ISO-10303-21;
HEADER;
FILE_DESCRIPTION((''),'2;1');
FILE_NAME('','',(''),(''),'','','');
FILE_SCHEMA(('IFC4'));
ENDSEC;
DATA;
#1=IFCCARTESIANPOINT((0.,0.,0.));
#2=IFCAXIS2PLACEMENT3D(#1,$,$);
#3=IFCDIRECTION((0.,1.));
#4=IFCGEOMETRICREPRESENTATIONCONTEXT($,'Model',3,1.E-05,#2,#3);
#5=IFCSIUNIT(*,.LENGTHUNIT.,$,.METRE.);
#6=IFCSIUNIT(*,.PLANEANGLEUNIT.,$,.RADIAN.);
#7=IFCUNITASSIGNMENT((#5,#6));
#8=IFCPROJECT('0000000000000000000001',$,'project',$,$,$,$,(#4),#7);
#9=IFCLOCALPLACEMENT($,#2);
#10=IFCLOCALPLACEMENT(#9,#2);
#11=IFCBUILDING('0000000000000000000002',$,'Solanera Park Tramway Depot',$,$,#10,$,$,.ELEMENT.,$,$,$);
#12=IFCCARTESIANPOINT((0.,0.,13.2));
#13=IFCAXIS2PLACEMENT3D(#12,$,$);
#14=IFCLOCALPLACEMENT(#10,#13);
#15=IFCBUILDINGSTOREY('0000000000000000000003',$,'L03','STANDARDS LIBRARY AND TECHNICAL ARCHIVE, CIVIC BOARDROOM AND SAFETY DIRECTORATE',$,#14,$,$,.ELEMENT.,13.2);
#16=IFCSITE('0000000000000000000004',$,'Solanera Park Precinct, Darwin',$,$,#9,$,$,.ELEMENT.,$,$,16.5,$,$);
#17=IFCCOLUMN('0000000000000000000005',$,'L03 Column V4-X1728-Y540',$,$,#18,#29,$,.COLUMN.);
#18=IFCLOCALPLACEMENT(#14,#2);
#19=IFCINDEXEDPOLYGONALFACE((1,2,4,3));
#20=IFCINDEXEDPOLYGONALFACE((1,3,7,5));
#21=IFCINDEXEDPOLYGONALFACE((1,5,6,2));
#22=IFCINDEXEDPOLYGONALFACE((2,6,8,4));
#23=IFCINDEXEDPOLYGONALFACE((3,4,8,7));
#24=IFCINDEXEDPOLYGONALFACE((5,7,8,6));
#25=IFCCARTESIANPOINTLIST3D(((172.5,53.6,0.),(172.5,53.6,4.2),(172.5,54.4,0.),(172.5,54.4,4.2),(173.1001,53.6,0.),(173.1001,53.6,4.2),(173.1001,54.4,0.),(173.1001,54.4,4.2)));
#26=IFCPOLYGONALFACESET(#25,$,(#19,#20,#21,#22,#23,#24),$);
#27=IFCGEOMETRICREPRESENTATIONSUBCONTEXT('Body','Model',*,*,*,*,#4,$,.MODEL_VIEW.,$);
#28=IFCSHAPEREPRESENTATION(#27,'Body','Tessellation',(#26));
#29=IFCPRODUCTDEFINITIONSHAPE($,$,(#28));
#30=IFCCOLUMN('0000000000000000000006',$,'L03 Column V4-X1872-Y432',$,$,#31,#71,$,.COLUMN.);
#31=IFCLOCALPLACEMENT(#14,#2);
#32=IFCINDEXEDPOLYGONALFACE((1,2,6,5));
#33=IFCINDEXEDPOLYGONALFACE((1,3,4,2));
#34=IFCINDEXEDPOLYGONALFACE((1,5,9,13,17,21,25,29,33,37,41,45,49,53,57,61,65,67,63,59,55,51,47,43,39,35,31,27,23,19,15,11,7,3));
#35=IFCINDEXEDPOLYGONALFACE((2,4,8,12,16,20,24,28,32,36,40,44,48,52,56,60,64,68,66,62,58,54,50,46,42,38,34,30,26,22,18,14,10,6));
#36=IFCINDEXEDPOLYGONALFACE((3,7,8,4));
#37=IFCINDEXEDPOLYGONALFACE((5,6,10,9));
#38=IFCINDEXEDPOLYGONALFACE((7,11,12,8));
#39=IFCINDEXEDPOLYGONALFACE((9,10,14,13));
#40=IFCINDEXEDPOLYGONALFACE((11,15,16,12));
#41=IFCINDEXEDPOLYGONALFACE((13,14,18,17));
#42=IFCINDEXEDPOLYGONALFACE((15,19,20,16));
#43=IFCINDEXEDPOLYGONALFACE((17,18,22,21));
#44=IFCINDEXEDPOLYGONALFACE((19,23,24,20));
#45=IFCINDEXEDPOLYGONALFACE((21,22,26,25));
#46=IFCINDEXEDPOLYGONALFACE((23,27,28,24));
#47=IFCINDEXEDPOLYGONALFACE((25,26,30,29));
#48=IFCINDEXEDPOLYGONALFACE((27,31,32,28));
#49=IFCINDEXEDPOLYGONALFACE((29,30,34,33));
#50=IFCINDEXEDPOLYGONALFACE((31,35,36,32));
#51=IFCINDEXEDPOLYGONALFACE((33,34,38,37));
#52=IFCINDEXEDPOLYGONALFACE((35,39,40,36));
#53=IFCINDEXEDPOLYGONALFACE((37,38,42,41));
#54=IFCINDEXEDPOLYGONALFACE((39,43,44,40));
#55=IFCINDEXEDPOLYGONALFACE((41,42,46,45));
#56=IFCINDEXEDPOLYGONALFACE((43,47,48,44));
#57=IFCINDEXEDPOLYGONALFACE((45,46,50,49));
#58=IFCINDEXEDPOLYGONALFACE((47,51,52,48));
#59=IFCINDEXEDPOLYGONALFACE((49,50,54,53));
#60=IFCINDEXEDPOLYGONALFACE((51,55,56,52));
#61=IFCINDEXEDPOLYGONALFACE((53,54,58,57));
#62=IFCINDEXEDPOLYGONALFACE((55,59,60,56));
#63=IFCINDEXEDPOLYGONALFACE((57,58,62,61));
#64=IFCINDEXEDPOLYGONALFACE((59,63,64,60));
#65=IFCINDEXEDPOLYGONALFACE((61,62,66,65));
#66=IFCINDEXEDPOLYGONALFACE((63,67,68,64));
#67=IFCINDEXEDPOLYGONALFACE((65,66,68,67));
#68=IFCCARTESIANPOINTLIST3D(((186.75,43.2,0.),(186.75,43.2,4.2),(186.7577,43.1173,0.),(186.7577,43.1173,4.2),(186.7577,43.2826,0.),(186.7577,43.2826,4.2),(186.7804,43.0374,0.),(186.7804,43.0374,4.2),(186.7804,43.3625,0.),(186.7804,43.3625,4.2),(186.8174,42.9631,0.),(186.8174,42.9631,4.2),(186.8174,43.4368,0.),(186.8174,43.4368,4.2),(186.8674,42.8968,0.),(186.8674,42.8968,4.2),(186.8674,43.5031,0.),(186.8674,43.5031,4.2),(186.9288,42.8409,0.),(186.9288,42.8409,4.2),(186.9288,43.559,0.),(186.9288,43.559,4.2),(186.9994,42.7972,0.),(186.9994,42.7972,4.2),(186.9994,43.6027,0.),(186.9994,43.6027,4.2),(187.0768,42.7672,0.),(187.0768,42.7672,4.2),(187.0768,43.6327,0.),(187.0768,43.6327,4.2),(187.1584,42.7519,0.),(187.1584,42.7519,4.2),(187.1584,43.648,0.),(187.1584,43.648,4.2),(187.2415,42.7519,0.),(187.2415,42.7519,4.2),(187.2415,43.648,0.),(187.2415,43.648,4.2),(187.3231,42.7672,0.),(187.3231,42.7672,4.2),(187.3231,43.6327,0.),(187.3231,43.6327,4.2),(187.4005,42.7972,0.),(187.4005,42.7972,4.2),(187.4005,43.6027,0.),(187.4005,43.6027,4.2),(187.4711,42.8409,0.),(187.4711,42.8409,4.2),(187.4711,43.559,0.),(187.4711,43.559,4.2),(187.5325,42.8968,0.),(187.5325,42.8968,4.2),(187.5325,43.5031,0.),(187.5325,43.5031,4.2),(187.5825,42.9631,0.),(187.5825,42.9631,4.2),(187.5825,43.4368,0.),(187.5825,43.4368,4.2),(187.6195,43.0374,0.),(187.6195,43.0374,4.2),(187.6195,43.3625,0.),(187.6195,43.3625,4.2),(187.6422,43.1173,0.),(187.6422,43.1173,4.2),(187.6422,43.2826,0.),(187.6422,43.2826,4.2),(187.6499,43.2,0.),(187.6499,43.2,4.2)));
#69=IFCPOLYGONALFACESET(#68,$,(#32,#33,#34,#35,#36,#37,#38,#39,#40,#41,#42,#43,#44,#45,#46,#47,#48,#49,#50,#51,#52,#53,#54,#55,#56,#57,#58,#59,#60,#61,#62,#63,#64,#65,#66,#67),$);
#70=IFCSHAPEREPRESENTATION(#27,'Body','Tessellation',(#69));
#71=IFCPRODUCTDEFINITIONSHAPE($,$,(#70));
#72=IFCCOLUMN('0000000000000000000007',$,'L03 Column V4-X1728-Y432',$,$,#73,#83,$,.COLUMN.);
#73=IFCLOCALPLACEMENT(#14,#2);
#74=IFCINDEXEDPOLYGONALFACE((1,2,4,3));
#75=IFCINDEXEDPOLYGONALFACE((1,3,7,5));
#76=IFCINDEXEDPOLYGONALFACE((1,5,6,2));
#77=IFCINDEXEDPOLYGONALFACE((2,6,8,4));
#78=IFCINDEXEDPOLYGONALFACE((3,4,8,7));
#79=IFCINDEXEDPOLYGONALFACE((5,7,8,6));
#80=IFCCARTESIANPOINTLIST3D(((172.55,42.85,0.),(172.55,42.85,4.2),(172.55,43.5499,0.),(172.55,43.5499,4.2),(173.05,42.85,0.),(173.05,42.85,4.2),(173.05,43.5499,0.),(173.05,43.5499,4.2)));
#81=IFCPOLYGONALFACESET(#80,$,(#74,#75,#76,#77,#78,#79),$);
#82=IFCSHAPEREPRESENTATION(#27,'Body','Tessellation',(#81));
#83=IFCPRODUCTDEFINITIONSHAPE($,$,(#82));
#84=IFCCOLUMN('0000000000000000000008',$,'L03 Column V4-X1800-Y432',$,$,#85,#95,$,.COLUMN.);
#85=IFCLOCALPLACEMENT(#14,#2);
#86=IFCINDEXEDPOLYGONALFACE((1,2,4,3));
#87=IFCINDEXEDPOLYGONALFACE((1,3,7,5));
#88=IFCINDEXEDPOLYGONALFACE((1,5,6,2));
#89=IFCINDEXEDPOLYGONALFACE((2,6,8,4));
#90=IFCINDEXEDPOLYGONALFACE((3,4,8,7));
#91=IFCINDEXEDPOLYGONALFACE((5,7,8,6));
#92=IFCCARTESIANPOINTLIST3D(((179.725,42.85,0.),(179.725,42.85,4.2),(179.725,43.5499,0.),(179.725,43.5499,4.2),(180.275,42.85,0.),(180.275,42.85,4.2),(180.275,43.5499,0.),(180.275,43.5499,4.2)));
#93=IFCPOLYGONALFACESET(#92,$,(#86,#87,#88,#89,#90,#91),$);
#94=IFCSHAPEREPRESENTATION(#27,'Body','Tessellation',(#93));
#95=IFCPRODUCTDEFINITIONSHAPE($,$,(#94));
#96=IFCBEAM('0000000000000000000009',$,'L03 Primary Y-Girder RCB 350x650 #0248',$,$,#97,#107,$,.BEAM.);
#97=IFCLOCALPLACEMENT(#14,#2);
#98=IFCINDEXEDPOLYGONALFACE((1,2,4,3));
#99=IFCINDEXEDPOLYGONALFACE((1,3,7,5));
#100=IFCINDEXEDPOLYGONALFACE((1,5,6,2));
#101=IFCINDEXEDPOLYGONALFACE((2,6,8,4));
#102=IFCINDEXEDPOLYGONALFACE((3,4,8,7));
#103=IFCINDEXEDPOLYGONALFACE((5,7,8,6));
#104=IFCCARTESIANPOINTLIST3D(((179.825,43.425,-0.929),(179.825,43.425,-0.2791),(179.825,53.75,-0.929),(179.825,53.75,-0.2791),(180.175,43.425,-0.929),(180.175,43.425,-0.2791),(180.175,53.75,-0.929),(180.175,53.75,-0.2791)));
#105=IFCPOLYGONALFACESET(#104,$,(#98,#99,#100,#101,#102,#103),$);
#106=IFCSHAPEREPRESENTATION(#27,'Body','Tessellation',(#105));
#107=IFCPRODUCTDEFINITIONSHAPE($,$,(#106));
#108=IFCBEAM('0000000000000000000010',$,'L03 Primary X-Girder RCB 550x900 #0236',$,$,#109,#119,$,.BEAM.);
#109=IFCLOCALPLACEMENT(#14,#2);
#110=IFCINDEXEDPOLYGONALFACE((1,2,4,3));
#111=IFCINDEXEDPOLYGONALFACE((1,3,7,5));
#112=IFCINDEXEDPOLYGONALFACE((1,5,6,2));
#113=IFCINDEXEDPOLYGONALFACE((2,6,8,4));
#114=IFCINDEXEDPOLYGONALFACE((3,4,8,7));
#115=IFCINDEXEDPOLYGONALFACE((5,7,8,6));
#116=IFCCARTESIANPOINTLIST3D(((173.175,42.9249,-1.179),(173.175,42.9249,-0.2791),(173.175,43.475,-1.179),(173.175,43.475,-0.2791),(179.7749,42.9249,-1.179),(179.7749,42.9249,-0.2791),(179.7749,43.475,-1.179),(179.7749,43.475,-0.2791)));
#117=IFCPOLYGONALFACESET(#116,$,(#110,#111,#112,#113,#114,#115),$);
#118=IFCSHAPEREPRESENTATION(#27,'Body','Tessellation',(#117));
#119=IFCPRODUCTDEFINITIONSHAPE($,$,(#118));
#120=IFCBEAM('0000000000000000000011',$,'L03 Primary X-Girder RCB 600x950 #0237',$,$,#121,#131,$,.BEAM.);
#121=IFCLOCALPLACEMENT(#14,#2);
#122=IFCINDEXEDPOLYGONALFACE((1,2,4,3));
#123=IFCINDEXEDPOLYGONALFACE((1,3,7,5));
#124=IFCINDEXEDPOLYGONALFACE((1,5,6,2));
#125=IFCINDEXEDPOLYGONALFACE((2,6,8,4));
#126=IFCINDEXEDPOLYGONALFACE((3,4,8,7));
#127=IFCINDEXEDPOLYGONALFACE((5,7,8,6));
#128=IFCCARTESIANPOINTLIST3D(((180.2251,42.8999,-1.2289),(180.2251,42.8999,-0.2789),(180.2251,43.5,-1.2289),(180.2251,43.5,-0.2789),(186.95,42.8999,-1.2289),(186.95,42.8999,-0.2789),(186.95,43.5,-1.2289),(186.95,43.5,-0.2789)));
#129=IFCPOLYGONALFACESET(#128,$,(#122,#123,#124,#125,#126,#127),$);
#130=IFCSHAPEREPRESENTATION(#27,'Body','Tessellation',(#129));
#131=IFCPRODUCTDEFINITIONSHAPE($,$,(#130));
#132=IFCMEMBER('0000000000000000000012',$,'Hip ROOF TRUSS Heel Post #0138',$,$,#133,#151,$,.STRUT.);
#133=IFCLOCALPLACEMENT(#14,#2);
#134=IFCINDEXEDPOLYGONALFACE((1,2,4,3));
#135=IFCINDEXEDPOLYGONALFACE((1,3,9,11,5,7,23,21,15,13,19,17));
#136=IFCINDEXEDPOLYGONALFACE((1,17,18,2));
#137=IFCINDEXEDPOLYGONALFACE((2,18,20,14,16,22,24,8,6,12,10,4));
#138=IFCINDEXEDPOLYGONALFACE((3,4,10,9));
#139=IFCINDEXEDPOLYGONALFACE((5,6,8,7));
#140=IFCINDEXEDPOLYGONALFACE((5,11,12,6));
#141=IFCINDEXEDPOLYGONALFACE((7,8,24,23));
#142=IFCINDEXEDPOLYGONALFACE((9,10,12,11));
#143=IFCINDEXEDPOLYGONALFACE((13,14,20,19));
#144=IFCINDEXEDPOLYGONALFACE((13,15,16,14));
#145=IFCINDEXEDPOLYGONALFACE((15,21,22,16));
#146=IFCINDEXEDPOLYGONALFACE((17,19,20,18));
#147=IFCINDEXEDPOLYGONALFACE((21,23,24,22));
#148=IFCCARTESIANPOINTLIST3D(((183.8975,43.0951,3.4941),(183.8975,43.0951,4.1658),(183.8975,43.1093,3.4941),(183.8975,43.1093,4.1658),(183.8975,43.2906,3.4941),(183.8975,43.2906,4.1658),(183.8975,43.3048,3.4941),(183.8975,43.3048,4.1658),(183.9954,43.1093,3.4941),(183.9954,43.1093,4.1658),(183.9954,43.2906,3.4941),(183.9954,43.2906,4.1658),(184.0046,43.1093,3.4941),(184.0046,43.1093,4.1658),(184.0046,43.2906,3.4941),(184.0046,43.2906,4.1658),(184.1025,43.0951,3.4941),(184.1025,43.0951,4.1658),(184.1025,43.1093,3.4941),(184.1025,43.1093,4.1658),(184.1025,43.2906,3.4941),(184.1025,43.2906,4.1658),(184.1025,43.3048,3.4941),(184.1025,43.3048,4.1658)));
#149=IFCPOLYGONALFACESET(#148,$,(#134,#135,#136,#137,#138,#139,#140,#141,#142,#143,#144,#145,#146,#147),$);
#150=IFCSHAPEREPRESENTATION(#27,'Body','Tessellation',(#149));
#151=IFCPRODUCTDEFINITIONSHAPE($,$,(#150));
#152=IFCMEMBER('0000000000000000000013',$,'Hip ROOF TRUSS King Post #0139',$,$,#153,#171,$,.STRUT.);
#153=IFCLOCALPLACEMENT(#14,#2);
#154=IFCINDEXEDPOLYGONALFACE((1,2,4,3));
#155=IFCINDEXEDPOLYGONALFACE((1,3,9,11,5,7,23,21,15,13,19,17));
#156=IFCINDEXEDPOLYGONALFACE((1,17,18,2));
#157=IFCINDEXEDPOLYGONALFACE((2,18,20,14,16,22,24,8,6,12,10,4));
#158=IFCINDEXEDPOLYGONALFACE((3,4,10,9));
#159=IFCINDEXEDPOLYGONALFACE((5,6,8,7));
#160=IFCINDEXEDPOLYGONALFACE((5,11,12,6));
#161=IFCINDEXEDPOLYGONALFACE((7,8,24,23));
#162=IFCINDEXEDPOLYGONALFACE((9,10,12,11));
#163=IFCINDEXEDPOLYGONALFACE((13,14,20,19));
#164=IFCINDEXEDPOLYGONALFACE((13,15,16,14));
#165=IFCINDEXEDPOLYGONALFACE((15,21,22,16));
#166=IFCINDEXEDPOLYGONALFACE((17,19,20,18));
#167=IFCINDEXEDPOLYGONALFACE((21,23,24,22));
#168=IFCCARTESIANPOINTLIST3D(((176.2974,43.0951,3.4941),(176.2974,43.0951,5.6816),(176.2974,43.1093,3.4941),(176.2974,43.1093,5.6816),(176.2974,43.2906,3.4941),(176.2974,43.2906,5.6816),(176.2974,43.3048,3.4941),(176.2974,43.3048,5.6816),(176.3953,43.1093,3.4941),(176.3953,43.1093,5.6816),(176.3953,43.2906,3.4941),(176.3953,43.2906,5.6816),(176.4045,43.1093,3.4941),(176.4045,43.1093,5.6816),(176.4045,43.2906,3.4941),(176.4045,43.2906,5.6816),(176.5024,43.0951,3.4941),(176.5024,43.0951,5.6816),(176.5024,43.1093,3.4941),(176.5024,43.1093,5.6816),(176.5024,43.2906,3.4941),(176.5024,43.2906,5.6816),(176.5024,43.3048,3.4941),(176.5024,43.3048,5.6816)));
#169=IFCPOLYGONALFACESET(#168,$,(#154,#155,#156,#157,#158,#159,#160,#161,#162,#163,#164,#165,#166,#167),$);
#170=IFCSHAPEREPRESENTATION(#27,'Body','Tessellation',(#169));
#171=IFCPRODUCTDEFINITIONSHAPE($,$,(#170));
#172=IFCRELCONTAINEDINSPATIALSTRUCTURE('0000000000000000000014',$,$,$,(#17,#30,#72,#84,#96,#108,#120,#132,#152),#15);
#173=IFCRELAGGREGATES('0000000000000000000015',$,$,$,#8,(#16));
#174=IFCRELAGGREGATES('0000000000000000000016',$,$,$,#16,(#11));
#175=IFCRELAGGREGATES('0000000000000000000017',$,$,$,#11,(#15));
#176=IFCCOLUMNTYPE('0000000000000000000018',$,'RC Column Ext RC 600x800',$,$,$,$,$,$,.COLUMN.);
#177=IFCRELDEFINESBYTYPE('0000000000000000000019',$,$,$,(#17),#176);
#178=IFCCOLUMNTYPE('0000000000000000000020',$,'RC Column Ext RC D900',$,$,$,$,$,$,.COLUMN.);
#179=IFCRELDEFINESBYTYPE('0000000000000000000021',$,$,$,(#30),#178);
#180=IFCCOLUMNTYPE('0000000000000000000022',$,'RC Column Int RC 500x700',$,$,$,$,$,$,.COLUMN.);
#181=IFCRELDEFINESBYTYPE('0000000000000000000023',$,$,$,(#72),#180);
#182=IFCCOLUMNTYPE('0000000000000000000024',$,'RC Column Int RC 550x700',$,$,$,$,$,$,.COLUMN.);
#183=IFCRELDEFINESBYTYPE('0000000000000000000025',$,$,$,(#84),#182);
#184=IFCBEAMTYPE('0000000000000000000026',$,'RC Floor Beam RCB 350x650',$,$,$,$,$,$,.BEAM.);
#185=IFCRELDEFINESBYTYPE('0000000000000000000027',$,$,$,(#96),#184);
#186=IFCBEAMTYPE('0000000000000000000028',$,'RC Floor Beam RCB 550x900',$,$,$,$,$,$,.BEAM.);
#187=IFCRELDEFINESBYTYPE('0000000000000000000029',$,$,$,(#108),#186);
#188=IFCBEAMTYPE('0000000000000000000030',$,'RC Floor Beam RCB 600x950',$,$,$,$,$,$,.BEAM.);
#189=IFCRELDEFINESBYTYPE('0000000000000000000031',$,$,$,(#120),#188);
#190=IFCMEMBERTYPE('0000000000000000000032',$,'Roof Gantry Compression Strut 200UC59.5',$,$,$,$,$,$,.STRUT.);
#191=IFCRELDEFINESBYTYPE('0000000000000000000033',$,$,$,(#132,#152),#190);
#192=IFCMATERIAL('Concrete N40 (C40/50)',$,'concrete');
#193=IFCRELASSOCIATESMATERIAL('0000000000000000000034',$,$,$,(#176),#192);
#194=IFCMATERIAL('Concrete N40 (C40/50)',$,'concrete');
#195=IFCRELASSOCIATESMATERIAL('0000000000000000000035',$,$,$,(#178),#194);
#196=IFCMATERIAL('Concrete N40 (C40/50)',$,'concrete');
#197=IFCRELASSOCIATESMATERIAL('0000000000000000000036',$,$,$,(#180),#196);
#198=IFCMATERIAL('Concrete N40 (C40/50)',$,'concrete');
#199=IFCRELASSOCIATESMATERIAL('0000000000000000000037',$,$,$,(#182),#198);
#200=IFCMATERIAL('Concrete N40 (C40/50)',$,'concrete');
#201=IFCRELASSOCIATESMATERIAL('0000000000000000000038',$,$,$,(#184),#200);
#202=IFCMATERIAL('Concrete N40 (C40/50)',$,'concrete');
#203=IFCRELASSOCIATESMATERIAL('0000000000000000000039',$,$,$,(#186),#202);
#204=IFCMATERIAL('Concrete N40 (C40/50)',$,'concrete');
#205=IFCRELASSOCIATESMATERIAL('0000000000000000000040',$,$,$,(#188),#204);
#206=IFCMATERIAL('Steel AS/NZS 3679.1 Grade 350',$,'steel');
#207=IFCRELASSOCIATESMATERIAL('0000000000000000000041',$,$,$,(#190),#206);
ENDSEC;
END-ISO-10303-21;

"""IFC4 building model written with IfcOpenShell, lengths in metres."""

from ifc_helpers import new_model, si_unit, direction, frame, origin, origin_2d, place, context, subcontext, project, spatial, rectangle, circle, i_section, extrude, material, material_profile, profile_set, type_object, element, save


model = new_model("IFC4")

# Units and contexts
model_context = context("Model", 3, precision=1e-05, world=origin(), true_north=direction((0.0, 1.0)))
body_context = subcontext(model_context, "Body", "Model", "MODEL_VIEW")
ifc_project = project(units=[si_unit("LENGTHUNIT", "METRE"), si_unit("PLANEANGLEUNIT", "RADIAN")], contexts=[model_context])

# Site, building, storey
site_placement = place(None, origin())
site = spatial("IfcSite", under=ifc_project, at=site_placement, Name="Solanera Park Precinct, Darwin", CompositionType="ELEMENT", RefElevation=16.5)
building_placement = place(site_placement, origin())
building = spatial("IfcBuilding", under=site, at=building_placement, Name="Solanera Park Tramway Depot", CompositionType="ELEMENT")
storey_placement = place(building_placement, frame((0.0, 0.0, 13.2)))
storey = spatial("IfcBuildingStorey", under=building, at=storey_placement, Name="L03", Description="STANDARDS LIBRARY AND TECHNICAL ARCHIVE, CIVIC BOARDROOM AND SAFETY DIRECTORATE", CompositionType="ELEMENT", Elevation=13.2)

# Columns
ifc_material_1 = material(Name="Concrete N40 (C40/50)", Category="concrete")
ifc_material_profile_1 = material_profile(ifc_material_1, rectangle(XDim=0.6001, YDim=0.8, at=origin_2d()), Name="RC 600x800")
ifc_profile_set_1 = profile_set([ifc_material_profile_1], Name="Concrete N40 (C40/50)")
column_type_1 = type_object("IfcColumnType", Name="RC Column Ext RC 600x800", PredefinedType="COLUMN", material=ifc_profile_set_1)
column_1_placement = place(storey_placement, frame((172.8, 54.0, 0.0), z_axis=(0.0, 0.0, 1.0), x_axis=(1.0, 0.0, 0.0)))
element("IfcColumn", 1, at=column_1_placement, inside=storey, type_object=column_type_1, Name="L03 Column V4-X1728-Y540", PredefinedType="COLUMN", context=body_context, shape_type="SweptSolid", body=[
    extrude(rectangle(XDim=0.6001, YDim=0.8, at=origin_2d()), origin(), (0.0, 0.0, 1.0), 4.2),
])
ifc_material_2 = material(Name="Concrete N40 (C40/50)", Category="concrete")
ifc_material_profile_2 = material_profile(ifc_material_2, circle(Radius=0.45, at=origin_2d()), Name="RC D900")
ifc_profile_set_2 = profile_set([ifc_material_profile_2], Name="Concrete N40 (C40/50)")
column_type_2 = type_object("IfcColumnType", Name="RC Column Ext RC D900", PredefinedType="COLUMN", material=ifc_profile_set_2)
column_2_placement = place(storey_placement, frame((187.2, 43.2, 0.0), z_axis=(0.0, 0.0, 1.0), x_axis=(1.0, 0.0, 0.0)))
element("IfcColumn", 2, at=column_2_placement, inside=storey, type_object=column_type_2, Name="L03 Column V4-X1872-Y432", PredefinedType="COLUMN", context=body_context, shape_type="SweptSolid", body=[
    extrude(circle(Radius=0.45, at=origin_2d()), origin(), (0.0, 0.0, 1.0), 4.2),
])
ifc_material_3 = material(Name="Concrete N40 (C40/50)", Category="concrete")
ifc_material_profile_3 = material_profile(ifc_material_3, rectangle(XDim=0.5, YDim=0.7, at=origin_2d()), Name="RC 500x700")
ifc_profile_set_3 = profile_set([ifc_material_profile_3], Name="Concrete N40 (C40/50)")
column_type_3 = type_object("IfcColumnType", Name="RC Column Int RC 500x700", PredefinedType="COLUMN", material=ifc_profile_set_3)
column_3_placement = place(storey_placement, frame((172.8, 43.2, 0.0), z_axis=(0.0, 0.0, 1.0), x_axis=(1.0, 0.0, 0.0)))
element("IfcColumn", 3, at=column_3_placement, inside=storey, type_object=column_type_3, Name="L03 Column V4-X1728-Y432", PredefinedType="COLUMN", context=body_context, shape_type="SweptSolid", body=[
    extrude(rectangle(XDim=0.5, YDim=0.7, at=origin_2d()), origin(), (0.0, 0.0, 1.0), 4.2),
])
ifc_material_4 = material(Name="Concrete N40 (C40/50)", Category="concrete")
ifc_material_profile_4 = material_profile(ifc_material_4, rectangle(XDim=0.55, YDim=0.7, at=origin_2d()), Name="RC 550x700")
ifc_profile_set_4 = profile_set([ifc_material_profile_4], Name="Concrete N40 (C40/50)")
column_type_4 = type_object("IfcColumnType", Name="RC Column Int RC 550x700", PredefinedType="COLUMN", material=ifc_profile_set_4)
column_4_placement = place(storey_placement, frame((180.0, 43.2, 0.0), z_axis=(0.0, 0.0, 1.0), x_axis=(1.0, 0.0, 0.0)))
element("IfcColumn", 4, at=column_4_placement, inside=storey, type_object=column_type_4, Name="L03 Column V4-X1800-Y432", PredefinedType="COLUMN", context=body_context, shape_type="SweptSolid", body=[
    extrude(rectangle(XDim=0.55, YDim=0.7, at=origin_2d()), origin(), (0.0, 0.0, 1.0), 4.2),
])

# Beams
ifc_material_5 = material(Name="Concrete N40 (C40/50)", Category="concrete")
ifc_material_profile_5 = material_profile(ifc_material_5, rectangle(XDim=0.3501, YDim=0.6499, at=origin_2d()), Name="RCB 350x650")
ifc_profile_set_5 = profile_set([ifc_material_profile_5], Name="Concrete N40 (C40/50)")
beam_type_1 = type_object("IfcBeamType", Name="RC Floor Beam RCB 350x650", PredefinedType="BEAM", material=ifc_profile_set_5)
beam_1_placement = place(storey_placement, frame((180.0, 43.425, -0.604), z_axis=(0.0, 1.0, 0.0), x_axis=(-1.0, 0.0, 0.0)))
element("IfcBeam", 5, at=beam_1_placement, inside=storey, type_object=beam_type_1, Name="L03 Primary Y-Girder RCB 350x650 #0248", PredefinedType="BEAM", context=body_context, shape_type="SweptSolid", body=[
    extrude(rectangle(XDim=0.3501, YDim=0.6499, at=origin_2d()), origin(), (0.0, 0.0, 1.0), 10.325),
])
ifc_material_6 = material(Name="Concrete N40 (C40/50)", Category="concrete")
ifc_material_profile_6 = material_profile(ifc_material_6, rectangle(XDim=0.55, YDim=0.8999, at=origin_2d()), Name="RCB 550x900")
ifc_profile_set_6 = profile_set([ifc_material_profile_6], Name="Concrete N40 (C40/50)")
beam_type_2 = type_object("IfcBeamType", Name="RC Floor Beam RCB 550x900", PredefinedType="BEAM", material=ifc_profile_set_6)
beam_2_placement = place(storey_placement, frame((173.175, 43.2, -0.729), z_axis=(1.0, 0.0, 0.0), x_axis=(0.0, 1.0, 0.0)))
element("IfcBeam", 6, at=beam_2_placement, inside=storey, type_object=beam_type_2, Name="L03 Primary X-Girder RCB 550x900 #0236", PredefinedType="BEAM", context=body_context, shape_type="SweptSolid", body=[
    extrude(rectangle(XDim=0.55, YDim=0.8999, at=origin_2d()), origin(), (0.0, 0.0, 1.0), 6.5999),
])
ifc_material_7 = material(Name="Concrete N40 (C40/50)", Category="concrete")
ifc_material_profile_7 = material_profile(ifc_material_7, rectangle(XDim=0.6001, YDim=0.95, at=origin_2d()), Name="RCB 600x950")
ifc_profile_set_7 = profile_set([ifc_material_profile_7], Name="Concrete N40 (C40/50)")
beam_type_3 = type_object("IfcBeamType", Name="RC Floor Beam RCB 600x950", PredefinedType="BEAM", material=ifc_profile_set_7)
beam_3_placement = place(storey_placement, frame((180.2251, 43.2, -0.7539), z_axis=(1.0, 0.0, 0.0), x_axis=(0.0, 1.0, 0.0)))
element("IfcBeam", 7, at=beam_3_placement, inside=storey, type_object=beam_type_3, Name="L03 Primary X-Girder RCB 600x950 #0237", PredefinedType="BEAM", context=body_context, shape_type="SweptSolid", body=[
    extrude(rectangle(XDim=0.6001, YDim=0.95, at=origin_2d()), origin(), (0.0, 0.0, 1.0), 6.7249),
])

# Members
ifc_material_8 = material(Name="Steel AS/NZS 3679.1 Grade 350", Category="steel")
ifc_material_profile_8 = material_profile(ifc_material_8, i_section(OverallWidth=0.2051, OverallDepth=0.2097, WebThickness=0.0093, FlangeThickness=0.0142, at=origin_2d()), Name="200UC59.5")
ifc_profile_set_8 = profile_set([ifc_material_profile_8], Name="Steel AS/NZS 3679.1 Grade 350")
member_type_1 = type_object("IfcMemberType", Name="Roof Gantry Compression Strut 200UC59.5", PredefinedType="STRUT", material=ifc_profile_set_8)
member_1_placement = place(storey_placement, frame((184.0, 43.2, 3.4941), z_axis=(0.0, 0.0, 1.0), x_axis=(1.0, 0.0, 0.0)))
element("IfcMember", 8, at=member_1_placement, inside=storey, type_object=member_type_1, Name="Hip ROOF TRUSS Heel Post #0138", PredefinedType="STRUT", context=body_context, shape_type="SweptSolid", body=[
    extrude(i_section(OverallWidth=0.2051, OverallDepth=0.2097, WebThickness=0.0093, FlangeThickness=0.0142, at=origin_2d()), origin(), (0.0, 0.0, 1.0), 0.6716),
])
member_2_placement = place(storey_placement, frame((176.3999, 43.2, 3.4941), z_axis=(0.0, 0.0, 1.0), x_axis=(1.0, 0.0, 0.0)))
element("IfcMember", 9, at=member_2_placement, inside=storey, type_object=member_type_1, Name="Hip ROOF TRUSS King Post #0139", PredefinedType="STRUT", context=body_context, shape_type="SweptSolid", body=[
    extrude(i_section(OverallWidth=0.2051, OverallDepth=0.2097, WebThickness=0.0093, FlangeThickness=0.0142, at=origin_2d()), origin(), (0.0, 0.0, 1.0), 2.1875),
])

save(model, "model.ifc")
